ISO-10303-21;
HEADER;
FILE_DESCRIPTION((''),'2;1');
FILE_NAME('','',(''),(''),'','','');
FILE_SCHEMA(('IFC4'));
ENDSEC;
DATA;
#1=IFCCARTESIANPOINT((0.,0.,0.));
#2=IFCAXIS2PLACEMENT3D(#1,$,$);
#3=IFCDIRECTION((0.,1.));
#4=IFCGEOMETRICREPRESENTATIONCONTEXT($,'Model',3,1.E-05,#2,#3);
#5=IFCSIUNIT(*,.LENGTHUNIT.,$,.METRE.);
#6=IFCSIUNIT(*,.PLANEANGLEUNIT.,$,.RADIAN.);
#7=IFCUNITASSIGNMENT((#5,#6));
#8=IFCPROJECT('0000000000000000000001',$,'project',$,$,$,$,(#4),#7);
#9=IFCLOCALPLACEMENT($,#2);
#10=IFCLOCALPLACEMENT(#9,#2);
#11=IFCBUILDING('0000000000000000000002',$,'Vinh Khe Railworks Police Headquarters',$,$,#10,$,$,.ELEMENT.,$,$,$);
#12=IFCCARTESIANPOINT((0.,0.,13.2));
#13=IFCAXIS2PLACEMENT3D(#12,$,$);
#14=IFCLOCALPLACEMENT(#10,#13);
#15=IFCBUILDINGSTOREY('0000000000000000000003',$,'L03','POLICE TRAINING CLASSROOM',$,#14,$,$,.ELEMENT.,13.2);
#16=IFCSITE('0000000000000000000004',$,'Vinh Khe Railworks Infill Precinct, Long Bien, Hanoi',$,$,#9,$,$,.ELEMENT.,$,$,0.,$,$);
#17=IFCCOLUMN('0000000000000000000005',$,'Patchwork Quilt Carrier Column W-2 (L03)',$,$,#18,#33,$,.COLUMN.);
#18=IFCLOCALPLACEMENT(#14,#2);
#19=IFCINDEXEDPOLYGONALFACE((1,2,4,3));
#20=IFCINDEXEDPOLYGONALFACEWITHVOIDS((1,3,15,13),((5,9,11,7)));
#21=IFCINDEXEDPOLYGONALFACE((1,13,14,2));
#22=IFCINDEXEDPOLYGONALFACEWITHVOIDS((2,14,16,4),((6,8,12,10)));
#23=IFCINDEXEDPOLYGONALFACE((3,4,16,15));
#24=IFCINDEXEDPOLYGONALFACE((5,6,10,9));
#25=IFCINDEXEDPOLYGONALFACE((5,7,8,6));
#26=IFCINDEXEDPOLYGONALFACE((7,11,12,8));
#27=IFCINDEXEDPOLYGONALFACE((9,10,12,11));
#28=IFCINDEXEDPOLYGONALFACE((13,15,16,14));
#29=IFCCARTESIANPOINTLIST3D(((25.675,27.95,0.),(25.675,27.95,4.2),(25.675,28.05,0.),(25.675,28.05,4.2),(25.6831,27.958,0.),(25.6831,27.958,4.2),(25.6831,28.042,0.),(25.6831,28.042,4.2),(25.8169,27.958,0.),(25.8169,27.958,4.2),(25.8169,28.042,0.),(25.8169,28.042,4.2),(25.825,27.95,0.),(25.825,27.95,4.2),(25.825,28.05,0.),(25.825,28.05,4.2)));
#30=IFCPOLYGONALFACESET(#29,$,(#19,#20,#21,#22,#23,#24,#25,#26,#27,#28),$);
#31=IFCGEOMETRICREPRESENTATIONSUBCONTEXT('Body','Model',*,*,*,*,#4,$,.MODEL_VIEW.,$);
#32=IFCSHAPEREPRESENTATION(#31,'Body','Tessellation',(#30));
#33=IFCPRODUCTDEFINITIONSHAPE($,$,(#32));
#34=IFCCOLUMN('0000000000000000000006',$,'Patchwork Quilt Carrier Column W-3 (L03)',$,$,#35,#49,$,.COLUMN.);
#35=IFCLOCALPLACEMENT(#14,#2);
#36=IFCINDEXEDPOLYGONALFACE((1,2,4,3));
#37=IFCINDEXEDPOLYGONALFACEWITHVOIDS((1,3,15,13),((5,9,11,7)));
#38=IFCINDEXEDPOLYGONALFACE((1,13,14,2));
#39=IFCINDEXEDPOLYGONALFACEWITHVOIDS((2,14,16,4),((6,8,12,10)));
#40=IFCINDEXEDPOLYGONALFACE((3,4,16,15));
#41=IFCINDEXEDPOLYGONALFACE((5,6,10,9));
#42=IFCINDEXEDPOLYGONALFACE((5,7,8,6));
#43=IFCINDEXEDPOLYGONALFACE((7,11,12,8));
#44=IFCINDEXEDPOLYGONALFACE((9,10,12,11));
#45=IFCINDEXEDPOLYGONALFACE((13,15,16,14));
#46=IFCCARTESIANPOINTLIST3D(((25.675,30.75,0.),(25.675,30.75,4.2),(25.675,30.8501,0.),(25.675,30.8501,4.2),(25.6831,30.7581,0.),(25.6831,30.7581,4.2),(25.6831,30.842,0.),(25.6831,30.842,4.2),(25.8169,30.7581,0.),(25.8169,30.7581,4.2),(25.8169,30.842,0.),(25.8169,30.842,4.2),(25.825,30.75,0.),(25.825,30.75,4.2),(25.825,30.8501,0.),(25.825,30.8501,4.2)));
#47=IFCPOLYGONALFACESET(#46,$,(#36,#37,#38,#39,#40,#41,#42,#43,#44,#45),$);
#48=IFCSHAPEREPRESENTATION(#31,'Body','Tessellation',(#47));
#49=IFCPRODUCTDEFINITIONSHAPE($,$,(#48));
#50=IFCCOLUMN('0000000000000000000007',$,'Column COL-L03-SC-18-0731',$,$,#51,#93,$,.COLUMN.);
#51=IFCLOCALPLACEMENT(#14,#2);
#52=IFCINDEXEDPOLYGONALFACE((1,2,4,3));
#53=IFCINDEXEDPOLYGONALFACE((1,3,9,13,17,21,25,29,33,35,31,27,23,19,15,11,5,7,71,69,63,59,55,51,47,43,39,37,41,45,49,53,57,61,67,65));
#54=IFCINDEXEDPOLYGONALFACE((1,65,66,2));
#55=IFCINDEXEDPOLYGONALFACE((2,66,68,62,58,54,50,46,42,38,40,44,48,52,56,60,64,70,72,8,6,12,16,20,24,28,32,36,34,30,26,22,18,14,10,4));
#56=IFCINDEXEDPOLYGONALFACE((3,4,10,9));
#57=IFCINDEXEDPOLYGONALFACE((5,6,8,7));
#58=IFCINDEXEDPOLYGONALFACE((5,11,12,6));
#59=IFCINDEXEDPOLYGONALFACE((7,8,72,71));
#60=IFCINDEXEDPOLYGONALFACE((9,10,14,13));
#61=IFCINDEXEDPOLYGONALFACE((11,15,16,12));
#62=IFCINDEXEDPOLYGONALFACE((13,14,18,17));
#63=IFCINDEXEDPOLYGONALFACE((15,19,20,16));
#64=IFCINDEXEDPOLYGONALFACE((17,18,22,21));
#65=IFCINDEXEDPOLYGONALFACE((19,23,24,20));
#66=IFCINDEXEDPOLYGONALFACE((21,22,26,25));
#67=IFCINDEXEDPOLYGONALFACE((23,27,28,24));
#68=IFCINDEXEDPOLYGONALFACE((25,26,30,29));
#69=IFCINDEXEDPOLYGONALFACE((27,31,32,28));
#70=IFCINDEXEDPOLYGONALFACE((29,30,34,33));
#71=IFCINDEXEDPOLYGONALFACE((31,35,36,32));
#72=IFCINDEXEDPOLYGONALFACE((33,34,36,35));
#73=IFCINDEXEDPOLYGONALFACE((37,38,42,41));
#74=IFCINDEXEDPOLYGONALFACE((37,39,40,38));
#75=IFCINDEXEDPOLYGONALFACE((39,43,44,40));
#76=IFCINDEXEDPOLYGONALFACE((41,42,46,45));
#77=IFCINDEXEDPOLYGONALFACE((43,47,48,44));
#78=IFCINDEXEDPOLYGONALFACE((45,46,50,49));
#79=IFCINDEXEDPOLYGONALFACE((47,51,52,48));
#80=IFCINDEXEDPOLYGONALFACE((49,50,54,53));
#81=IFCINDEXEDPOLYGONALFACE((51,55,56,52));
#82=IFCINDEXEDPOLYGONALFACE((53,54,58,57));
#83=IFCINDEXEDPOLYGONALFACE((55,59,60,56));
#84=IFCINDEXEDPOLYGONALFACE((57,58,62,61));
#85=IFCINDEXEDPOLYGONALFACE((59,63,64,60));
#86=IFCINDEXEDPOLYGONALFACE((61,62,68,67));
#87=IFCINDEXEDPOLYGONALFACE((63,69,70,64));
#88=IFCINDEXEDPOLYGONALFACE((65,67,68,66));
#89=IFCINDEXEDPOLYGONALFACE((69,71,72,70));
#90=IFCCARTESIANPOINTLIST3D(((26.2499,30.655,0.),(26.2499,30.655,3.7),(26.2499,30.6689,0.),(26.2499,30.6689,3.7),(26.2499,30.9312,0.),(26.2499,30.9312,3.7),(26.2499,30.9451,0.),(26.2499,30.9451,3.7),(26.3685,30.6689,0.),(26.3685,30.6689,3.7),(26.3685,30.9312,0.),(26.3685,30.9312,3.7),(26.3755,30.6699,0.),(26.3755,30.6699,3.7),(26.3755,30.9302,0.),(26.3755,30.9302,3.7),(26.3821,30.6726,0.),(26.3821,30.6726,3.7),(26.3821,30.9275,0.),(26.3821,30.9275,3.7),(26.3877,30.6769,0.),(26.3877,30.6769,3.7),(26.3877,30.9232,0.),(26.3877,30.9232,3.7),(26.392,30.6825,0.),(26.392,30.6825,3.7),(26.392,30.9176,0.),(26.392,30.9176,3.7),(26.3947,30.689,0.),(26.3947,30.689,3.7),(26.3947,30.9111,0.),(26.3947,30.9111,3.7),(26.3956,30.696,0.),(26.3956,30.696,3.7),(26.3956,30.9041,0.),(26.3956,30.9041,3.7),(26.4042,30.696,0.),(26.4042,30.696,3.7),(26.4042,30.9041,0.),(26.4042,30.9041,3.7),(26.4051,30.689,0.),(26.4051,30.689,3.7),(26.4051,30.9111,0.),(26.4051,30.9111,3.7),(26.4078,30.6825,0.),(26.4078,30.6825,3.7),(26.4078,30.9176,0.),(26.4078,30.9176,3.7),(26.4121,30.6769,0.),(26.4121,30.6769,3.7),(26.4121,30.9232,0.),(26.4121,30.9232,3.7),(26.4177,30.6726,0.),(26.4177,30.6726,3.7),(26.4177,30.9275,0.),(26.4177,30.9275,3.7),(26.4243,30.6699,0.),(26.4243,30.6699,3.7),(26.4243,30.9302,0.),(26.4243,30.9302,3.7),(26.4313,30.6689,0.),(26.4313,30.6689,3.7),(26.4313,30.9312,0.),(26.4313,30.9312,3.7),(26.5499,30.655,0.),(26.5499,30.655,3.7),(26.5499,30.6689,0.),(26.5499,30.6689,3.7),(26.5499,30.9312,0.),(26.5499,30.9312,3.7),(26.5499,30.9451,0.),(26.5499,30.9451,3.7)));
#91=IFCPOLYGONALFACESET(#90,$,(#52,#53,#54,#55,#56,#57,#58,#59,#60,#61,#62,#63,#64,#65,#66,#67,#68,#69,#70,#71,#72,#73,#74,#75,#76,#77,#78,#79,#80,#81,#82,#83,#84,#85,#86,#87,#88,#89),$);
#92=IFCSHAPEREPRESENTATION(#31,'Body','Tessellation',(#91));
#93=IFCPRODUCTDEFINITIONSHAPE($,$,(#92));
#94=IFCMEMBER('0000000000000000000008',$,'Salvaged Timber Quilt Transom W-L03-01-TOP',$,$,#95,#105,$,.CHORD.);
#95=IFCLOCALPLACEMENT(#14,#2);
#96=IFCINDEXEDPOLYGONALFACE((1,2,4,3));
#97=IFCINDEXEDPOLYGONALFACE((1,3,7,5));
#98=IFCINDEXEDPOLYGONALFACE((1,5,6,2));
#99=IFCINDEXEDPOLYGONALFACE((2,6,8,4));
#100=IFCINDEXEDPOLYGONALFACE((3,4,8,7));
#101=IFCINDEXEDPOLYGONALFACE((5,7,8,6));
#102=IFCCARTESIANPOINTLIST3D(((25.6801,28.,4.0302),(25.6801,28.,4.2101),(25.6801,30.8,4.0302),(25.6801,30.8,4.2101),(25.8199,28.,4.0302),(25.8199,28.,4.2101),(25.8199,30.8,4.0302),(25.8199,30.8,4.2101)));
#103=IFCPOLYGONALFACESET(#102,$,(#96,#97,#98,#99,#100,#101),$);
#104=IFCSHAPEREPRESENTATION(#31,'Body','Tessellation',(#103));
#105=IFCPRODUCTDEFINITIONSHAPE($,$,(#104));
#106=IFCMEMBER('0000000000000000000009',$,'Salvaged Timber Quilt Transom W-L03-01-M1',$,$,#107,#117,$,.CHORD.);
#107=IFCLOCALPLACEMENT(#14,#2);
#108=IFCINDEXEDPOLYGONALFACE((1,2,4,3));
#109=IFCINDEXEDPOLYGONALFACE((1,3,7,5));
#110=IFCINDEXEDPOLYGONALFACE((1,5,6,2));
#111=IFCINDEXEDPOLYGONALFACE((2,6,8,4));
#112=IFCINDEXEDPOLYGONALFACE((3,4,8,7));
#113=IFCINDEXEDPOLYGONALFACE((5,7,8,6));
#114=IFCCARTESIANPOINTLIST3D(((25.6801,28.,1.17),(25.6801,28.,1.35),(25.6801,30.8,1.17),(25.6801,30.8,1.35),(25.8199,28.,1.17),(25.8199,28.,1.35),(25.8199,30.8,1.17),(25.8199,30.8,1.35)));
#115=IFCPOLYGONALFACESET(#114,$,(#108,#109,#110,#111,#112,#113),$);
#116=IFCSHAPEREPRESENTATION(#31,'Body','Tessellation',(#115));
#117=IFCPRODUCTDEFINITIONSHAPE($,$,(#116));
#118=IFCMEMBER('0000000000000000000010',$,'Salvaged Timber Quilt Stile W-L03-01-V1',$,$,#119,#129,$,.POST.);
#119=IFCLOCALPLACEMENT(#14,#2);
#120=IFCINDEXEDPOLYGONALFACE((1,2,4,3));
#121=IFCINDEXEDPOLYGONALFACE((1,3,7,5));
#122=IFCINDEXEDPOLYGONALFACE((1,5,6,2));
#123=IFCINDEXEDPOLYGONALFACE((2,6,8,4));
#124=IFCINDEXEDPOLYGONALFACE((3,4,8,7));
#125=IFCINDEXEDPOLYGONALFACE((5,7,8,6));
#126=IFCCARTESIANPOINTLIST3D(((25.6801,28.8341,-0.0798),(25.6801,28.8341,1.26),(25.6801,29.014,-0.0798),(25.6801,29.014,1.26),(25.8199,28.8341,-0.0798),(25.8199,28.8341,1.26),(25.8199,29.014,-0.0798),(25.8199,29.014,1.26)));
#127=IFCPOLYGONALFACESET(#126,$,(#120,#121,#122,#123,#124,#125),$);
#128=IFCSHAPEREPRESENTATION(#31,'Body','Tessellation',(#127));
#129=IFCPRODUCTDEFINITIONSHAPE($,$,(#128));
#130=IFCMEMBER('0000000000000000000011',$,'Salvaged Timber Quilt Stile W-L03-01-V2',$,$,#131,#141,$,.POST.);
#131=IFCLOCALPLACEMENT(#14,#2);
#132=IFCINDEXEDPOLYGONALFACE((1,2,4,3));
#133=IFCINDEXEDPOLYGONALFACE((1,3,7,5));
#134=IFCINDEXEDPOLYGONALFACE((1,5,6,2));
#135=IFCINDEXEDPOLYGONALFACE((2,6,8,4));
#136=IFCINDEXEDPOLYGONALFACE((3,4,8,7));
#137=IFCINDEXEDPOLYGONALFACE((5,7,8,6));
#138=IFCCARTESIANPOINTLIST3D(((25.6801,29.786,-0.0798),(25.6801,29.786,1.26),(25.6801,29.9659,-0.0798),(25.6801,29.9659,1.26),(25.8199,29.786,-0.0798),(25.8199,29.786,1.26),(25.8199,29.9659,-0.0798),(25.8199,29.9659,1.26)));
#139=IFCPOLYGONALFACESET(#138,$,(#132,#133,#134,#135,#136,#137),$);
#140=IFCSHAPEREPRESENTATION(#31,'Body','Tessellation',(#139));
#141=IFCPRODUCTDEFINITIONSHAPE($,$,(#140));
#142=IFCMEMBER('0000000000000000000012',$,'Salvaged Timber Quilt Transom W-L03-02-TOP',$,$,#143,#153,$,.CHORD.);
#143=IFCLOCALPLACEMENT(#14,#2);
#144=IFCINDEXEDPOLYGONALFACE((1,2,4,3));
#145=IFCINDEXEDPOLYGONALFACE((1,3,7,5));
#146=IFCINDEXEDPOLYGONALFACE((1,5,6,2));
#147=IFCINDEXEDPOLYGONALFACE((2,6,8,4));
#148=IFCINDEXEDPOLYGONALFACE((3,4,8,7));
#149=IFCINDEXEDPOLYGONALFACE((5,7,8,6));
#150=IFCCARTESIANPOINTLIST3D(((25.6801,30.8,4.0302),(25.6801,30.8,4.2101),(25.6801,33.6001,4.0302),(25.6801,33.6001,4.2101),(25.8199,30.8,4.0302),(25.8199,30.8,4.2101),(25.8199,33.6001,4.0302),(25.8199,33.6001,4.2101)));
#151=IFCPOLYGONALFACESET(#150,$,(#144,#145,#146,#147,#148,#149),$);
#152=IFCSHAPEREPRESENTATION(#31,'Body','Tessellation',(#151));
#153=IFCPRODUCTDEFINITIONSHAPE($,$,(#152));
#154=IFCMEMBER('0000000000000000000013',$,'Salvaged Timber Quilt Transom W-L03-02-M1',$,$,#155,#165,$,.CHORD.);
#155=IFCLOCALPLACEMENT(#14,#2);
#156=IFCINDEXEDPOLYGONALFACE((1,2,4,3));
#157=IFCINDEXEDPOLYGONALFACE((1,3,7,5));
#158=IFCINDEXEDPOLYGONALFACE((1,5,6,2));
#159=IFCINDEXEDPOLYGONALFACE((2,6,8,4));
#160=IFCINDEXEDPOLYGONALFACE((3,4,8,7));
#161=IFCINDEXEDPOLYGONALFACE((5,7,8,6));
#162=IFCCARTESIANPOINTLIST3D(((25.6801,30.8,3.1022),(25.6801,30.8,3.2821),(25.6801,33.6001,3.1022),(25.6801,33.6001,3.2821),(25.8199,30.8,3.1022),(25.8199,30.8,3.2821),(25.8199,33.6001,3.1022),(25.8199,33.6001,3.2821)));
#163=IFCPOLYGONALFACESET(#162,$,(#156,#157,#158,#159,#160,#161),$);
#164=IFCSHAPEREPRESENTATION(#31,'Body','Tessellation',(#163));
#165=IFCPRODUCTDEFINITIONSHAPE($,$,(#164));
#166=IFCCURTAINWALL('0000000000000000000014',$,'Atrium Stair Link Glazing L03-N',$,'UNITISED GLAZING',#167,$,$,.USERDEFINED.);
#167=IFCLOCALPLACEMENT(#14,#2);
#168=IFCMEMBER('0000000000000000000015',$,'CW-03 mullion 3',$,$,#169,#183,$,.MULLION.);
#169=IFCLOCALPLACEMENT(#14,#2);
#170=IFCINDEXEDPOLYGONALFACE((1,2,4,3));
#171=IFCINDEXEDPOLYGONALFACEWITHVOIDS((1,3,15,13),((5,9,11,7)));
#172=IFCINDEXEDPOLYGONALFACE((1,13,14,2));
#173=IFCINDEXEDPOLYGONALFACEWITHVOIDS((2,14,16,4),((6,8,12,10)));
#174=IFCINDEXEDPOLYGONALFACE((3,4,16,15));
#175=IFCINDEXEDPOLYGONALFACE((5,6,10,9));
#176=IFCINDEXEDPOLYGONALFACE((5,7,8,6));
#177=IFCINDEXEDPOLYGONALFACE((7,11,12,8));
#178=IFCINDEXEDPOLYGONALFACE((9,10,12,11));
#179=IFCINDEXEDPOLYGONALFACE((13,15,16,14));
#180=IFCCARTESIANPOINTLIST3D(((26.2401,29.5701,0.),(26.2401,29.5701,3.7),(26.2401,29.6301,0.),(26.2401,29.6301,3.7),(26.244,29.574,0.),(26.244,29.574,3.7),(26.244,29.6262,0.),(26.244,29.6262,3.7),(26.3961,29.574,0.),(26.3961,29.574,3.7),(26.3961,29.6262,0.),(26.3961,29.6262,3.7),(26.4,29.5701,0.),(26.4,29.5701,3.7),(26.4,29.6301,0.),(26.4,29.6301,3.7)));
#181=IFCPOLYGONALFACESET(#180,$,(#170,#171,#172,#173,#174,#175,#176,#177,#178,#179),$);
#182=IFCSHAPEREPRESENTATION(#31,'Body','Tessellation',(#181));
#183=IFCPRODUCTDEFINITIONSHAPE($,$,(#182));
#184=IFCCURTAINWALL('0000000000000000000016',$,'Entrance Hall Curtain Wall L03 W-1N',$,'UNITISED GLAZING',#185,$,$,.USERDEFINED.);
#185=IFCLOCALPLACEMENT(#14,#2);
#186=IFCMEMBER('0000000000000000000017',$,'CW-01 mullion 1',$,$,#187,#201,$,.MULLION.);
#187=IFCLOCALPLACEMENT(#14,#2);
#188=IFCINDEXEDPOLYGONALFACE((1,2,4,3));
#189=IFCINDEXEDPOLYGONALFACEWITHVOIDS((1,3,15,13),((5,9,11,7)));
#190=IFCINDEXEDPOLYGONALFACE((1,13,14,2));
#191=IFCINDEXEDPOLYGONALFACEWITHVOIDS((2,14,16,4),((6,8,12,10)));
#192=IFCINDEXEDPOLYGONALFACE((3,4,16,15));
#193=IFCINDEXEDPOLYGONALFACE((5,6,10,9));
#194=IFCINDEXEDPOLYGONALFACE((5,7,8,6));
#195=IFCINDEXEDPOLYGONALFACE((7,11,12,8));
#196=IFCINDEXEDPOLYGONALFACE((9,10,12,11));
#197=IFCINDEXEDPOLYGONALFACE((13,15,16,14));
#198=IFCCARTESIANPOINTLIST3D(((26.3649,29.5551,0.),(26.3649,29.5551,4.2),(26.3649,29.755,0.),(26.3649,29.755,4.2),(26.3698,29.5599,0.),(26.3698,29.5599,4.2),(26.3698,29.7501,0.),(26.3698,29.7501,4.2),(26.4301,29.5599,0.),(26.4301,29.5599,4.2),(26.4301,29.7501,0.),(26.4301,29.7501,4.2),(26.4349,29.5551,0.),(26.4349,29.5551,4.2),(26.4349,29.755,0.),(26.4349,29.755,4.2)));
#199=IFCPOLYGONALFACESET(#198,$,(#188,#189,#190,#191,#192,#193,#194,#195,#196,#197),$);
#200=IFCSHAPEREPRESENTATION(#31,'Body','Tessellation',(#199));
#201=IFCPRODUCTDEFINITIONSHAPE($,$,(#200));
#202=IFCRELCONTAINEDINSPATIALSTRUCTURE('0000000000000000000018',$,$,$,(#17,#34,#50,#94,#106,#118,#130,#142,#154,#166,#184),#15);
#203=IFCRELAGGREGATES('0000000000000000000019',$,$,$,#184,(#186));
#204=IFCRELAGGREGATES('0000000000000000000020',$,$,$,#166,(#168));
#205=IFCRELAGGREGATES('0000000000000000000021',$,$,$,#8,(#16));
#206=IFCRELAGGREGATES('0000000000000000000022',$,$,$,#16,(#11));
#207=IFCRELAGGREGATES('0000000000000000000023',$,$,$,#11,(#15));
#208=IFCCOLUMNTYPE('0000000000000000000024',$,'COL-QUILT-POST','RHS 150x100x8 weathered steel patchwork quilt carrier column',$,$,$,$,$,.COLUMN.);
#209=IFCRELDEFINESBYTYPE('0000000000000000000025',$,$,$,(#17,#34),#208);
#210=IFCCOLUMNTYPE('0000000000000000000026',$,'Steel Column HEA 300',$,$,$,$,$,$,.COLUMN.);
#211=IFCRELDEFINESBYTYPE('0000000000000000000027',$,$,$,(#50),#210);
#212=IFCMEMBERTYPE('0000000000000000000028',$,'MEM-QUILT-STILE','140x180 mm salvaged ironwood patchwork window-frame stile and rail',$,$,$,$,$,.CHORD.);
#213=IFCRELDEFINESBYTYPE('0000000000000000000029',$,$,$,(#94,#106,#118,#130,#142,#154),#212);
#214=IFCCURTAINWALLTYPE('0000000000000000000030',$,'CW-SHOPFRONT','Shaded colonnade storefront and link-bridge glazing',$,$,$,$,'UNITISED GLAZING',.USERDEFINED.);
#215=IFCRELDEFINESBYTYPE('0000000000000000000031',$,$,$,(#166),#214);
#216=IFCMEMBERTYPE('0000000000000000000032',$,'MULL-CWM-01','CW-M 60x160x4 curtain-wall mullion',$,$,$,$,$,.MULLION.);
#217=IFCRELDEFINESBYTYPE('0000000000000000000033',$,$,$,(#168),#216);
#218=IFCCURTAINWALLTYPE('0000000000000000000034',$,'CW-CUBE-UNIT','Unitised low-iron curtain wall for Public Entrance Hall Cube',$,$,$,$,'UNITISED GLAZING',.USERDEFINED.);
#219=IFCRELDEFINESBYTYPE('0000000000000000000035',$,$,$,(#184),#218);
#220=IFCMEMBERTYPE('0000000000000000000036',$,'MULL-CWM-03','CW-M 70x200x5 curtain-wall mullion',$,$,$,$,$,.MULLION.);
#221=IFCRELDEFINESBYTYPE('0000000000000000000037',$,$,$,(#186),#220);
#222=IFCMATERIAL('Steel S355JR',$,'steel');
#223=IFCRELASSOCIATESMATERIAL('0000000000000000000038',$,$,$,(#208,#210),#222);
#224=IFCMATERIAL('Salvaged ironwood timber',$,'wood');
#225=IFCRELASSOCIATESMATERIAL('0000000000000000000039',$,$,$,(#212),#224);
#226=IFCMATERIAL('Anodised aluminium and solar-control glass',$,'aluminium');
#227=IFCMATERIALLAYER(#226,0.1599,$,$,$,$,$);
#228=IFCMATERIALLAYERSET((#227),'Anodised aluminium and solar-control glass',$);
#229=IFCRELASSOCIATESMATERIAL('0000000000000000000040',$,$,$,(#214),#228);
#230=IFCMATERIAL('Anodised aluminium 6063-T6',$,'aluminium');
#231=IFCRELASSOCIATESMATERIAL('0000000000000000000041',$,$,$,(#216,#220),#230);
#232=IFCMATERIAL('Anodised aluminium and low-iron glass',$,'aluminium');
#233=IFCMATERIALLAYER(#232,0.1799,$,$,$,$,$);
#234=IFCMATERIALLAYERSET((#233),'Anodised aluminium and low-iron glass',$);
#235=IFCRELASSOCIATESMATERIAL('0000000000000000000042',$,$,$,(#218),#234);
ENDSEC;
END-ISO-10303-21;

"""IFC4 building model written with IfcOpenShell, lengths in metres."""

from ifc_helpers import new_model, si_unit, direction, frame, origin, origin_2d, place, context, subcontext, project, spatial, rectangle, hollow_rectangle, i_section, extrude, material, layer, layer_set, material_profile, profile_set, type_object, element, aggregate, save


model = new_model("IFC4")

# Units and contexts
model_context = context("Model", 3, precision=1e-05, world=origin(), true_north=direction((0.0, 1.0)))
body_context = subcontext(model_context, "Body", "Model", "MODEL_VIEW")
ifc_project = project(units=[si_unit("LENGTHUNIT", "METRE"), si_unit("PLANEANGLEUNIT", "RADIAN")], contexts=[model_context])

# Site, building, storey
site_placement = place(None, origin())
site = spatial("IfcSite", under=ifc_project, at=site_placement, Name="Vinh Khe Railworks Infill Precinct, Long Bien, Hanoi", CompositionType="ELEMENT", RefElevation=0.0)
building_placement = place(site_placement, origin())
building = spatial("IfcBuilding", under=site, at=building_placement, Name="Vinh Khe Railworks Police Headquarters", CompositionType="ELEMENT")
storey_placement = place(building_placement, frame((0.0, 0.0, 13.2)))
storey = spatial("IfcBuildingStorey", under=building, at=storey_placement, Name="L03", Description="POLICE TRAINING CLASSROOM", CompositionType="ELEMENT", Elevation=13.2)

# Columns
ifc_material_1 = material(Name="Steel S355JR", Category="steel")
ifc_material_profile_1 = material_profile(ifc_material_1, hollow_rectangle(XDim=0.1499, YDim=0.1001, WallThickness=0.0081, at=origin_2d()), Name="RHS 150x100x8")
ifc_profile_set_1 = profile_set([ifc_material_profile_1], Name="Steel S355JR")
column_type_1 = type_object("IfcColumnType", Name="COL-QUILT-POST", Description="RHS 150x100x8 weathered steel patchwork quilt carrier column", PredefinedType="COLUMN", material=ifc_profile_set_1)
for number, where, z_axis, x_axis, name in (
    (1, (25.75, 28.0, 0.0), (0.0, 0.0, 1.0), (1.0, 0.0, 0.0), "Patchwork Quilt Carrier Column W-2 (L03)"),
    (2, (25.75, 30.8, 0.0), (0.0, 0.0, 1.0), (1.0, 0.0, 0.0), "Patchwork Quilt Carrier Column W-3 (L03)"),
):
    element("IfcColumn", number, at=place(storey_placement, frame(where, z_axis=z_axis, x_axis=x_axis)), inside=storey, type_object=column_type_1, Name=name, PredefinedType="COLUMN", context=body_context, shape_type="SweptSolid", body=[
        extrude(hollow_rectangle(XDim=0.1499, YDim=0.1001, WallThickness=0.0081, at=origin_2d()), origin(), (0.0, 0.0, 1.0), 4.2),
    ])
ifc_material_profile_2 = material_profile(ifc_material_1, i_section(OverallWidth=0.3, OverallDepth=0.29, WebThickness=0.0085, FlangeThickness=0.0139, FilletRadius=0.0271, at=origin_2d()), Name="HEA 300")
ifc_profile_set_2 = profile_set([ifc_material_profile_2], Name="Steel S355JR")
column_type_2 = type_object("IfcColumnType", Name="Steel Column HEA 300", PredefinedType="COLUMN", material=ifc_profile_set_2)
column_placement = place(storey_placement, frame((26.3999, 30.8, 0.0), z_axis=(0.0, 0.0, 1.0), x_axis=(1.0, 0.0, 0.0)))
element("IfcColumn", 3, at=column_placement, inside=storey, type_object=column_type_2, Name="Column COL-L03-SC-18-0731", PredefinedType="COLUMN", context=body_context, shape_type="SweptSolid", body=[
    extrude(i_section(OverallWidth=0.3, OverallDepth=0.29, WebThickness=0.0085, FlangeThickness=0.0139, FilletRadius=0.0271, at=origin_2d()), origin(), (0.0, 0.0, 1.0), 3.7),
])

# Members
ifc_material_2 = material(Name="Salvaged ironwood timber", Category="wood")
ifc_material_profile_3 = material_profile(ifc_material_2, rectangle(XDim=0.1399, YDim=0.1799, at=origin_2d()), Name="TIMBER 140x180")
ifc_profile_set_3 = profile_set([ifc_material_profile_3], Name="Salvaged ironwood timber")
member_type_1 = type_object("IfcMemberType", Name="MEM-QUILT-STILE", Description="140x180 mm salvaged ironwood patchwork window-frame stile and rail", PredefinedType="CHORD", material=ifc_profile_set_3)
for number, where, z_axis, x_axis, name in (
    (4, (25.75, 28.0, 4.1201), (0.0, 1.0, 0.0), (-1.0, 0.0, 0.0), "Salvaged Timber Quilt Transom W-L03-01-TOP"),
    (5, (25.75, 28.0, 1.26), (0.0, 1.0, 0.0), (-1.0, 0.0, 0.0), "Salvaged Timber Quilt Transom W-L03-01-M1"),
):
    element("IfcMember", number, at=place(storey_placement, frame(where, z_axis=z_axis, x_axis=x_axis)), inside=storey, type_object=member_type_1, Name=name, PredefinedType="CHORD", context=body_context, shape_type="SweptSolid", body=[
        extrude(rectangle(XDim=0.1399, YDim=0.1799, at=origin_2d()), origin(), (0.0, 0.0, 1.0), 2.8),
    ])
for number, where, z_axis, x_axis, name in (
    (6, (25.75, 28.9241, -0.0798), (0.0, 0.0, 1.0), (1.0, 0.0, 0.0), "Salvaged Timber Quilt Stile W-L03-01-V1"),
    (7, (25.75, 29.876, -0.0798), (0.0, 0.0, 1.0), (1.0, 0.0, 0.0), "Salvaged Timber Quilt Stile W-L03-01-V2"),
):
    element("IfcMember", number, at=place(storey_placement, frame(where, z_axis=z_axis, x_axis=x_axis)), inside=storey, type_object=member_type_1, Name=name, PredefinedType="POST", context=body_context, shape_type="SweptSolid", body=[
        extrude(rectangle(XDim=0.1399, YDim=0.1799, at=origin_2d()), origin(), (0.0, 0.0, 1.0), 1.3398),
    ])
for number, where, z_axis, x_axis, name in (
    (8, (25.75, 30.8, 4.1201), (0.0, 1.0, 0.0), (-1.0, 0.0, 0.0), "Salvaged Timber Quilt Transom W-L03-02-TOP"),
    (9, (25.75, 30.8, 3.1921), (0.0, 1.0, 0.0), (-1.0, 0.0, 0.0), "Salvaged Timber Quilt Transom W-L03-02-M1"),
):
    element("IfcMember", number, at=place(storey_placement, frame(where, z_axis=z_axis, x_axis=x_axis)), inside=storey, type_object=member_type_1, Name=name, PredefinedType="CHORD", context=body_context, shape_type="SweptSolid", body=[
        extrude(rectangle(XDim=0.1399, YDim=0.1799, at=origin_2d()), origin(), (0.0, 0.0, 1.0), 2.8),
    ])

# Curtain wall, member
ifc_material_3 = material(Name="Anodised aluminium and solar-control glass", Category="aluminium")
ifc_layer_1 = layer(ifc_material_3, 0.1599)
ifc_layer_set_1 = layer_set([ifc_layer_1], Name="Anodised aluminium and solar-control glass")
curtain_wall_type_1 = type_object("IfcCurtainWallType", Name="CW-SHOPFRONT", Description="Shaded colonnade storefront and link-bridge glazing", ElementType="UNITISED GLAZING", PredefinedType="USERDEFINED", material=ifc_layer_set_1)
curtain_wall_1_placement = place(storey_placement, origin())
curtain_wall_1 = element("IfcCurtainWall", 10, at=curtain_wall_1_placement, inside=storey, type_object=curtain_wall_type_1, Name="Atrium Stair Link Glazing L03-N", ObjectType="UNITISED GLAZING", PredefinedType="USERDEFINED")
ifc_material_4 = material(Name="Anodised aluminium 6063-T6", Category="aluminium")
ifc_material_profile_4 = material_profile(ifc_material_4, hollow_rectangle(XDim=0.0601, YDim=0.1599, WallThickness=0.0039, at=origin_2d()), Name="CW-M 60x160x4")
ifc_profile_set_4 = profile_set([ifc_material_profile_4], Name="Anodised aluminium 6063-T6")
member_type_2 = type_object("IfcMemberType", Name="MULL-CWM-01", Description="CW-M 60x160x4 curtain-wall mullion", PredefinedType="MULLION", material=ifc_profile_set_4)
member_1_placement = place(storey_placement, frame((26.3201, 29.6001, 0.0), z_axis=(0.0, 0.0, 1.0), x_axis=(0.0, 1.0, 0.0)))
member_1 = element("IfcMember", 11, at=member_1_placement, type_object=member_type_2, Name="CW-03 mullion 3", PredefinedType="MULLION", context=body_context, shape_type="SweptSolid", body=[
    extrude(hollow_rectangle(XDim=0.0601, YDim=0.1599, WallThickness=0.0039, at=origin_2d()), origin(), (0.0, 0.0, 1.0), 3.7),
])

# Curtain wall, member
ifc_material_5 = material(Name="Anodised aluminium and low-iron glass", Category="aluminium")
ifc_layer_2 = layer(ifc_material_5, 0.1799)
ifc_layer_set_2 = layer_set([ifc_layer_2], Name="Anodised aluminium and low-iron glass")
curtain_wall_type_2 = type_object("IfcCurtainWallType", Name="CW-CUBE-UNIT", Description="Unitised low-iron curtain wall for Public Entrance Hall Cube", ElementType="UNITISED GLAZING", PredefinedType="USERDEFINED", material=ifc_layer_set_2)
curtain_wall_2_placement = place(storey_placement, origin())
curtain_wall_2 = element("IfcCurtainWall", 12, at=curtain_wall_2_placement, inside=storey, type_object=curtain_wall_type_2, Name="Entrance Hall Curtain Wall L03 W-1N", ObjectType="UNITISED GLAZING", PredefinedType="USERDEFINED")
ifc_material_profile_5 = material_profile(ifc_material_4, hollow_rectangle(XDim=0.0701, YDim=0.2, WallThickness=0.0049, at=origin_2d()), Name="CW-M 70x200x5")
ifc_profile_set_5 = profile_set([ifc_material_profile_5], Name="Anodised aluminium 6063-T6")
member_type_3 = type_object("IfcMemberType", Name="MULL-CWM-03", Description="CW-M 70x200x5 curtain-wall mullion", PredefinedType="MULLION", material=ifc_profile_set_5)
member_2_placement = place(storey_placement, frame((26.3999, 29.655, 0.0), z_axis=(0.0, 0.0, 1.0), x_axis=(-1.0, 0.0, 0.0)))
member_2 = element("IfcMember", 13, at=member_2_placement, type_object=member_type_3, Name="CW-01 mullion 1", PredefinedType="MULLION", context=body_context, shape_type="SweptSolid", body=[
    extrude(hollow_rectangle(XDim=0.0701, YDim=0.2, WallThickness=0.0049, at=origin_2d()), origin(), (0.0, 0.0, 1.0), 4.2),
])

aggregate(curtain_wall_2, [member_2])
aggregate(curtain_wall_1, [member_1])

save(model, "model.ifc")
